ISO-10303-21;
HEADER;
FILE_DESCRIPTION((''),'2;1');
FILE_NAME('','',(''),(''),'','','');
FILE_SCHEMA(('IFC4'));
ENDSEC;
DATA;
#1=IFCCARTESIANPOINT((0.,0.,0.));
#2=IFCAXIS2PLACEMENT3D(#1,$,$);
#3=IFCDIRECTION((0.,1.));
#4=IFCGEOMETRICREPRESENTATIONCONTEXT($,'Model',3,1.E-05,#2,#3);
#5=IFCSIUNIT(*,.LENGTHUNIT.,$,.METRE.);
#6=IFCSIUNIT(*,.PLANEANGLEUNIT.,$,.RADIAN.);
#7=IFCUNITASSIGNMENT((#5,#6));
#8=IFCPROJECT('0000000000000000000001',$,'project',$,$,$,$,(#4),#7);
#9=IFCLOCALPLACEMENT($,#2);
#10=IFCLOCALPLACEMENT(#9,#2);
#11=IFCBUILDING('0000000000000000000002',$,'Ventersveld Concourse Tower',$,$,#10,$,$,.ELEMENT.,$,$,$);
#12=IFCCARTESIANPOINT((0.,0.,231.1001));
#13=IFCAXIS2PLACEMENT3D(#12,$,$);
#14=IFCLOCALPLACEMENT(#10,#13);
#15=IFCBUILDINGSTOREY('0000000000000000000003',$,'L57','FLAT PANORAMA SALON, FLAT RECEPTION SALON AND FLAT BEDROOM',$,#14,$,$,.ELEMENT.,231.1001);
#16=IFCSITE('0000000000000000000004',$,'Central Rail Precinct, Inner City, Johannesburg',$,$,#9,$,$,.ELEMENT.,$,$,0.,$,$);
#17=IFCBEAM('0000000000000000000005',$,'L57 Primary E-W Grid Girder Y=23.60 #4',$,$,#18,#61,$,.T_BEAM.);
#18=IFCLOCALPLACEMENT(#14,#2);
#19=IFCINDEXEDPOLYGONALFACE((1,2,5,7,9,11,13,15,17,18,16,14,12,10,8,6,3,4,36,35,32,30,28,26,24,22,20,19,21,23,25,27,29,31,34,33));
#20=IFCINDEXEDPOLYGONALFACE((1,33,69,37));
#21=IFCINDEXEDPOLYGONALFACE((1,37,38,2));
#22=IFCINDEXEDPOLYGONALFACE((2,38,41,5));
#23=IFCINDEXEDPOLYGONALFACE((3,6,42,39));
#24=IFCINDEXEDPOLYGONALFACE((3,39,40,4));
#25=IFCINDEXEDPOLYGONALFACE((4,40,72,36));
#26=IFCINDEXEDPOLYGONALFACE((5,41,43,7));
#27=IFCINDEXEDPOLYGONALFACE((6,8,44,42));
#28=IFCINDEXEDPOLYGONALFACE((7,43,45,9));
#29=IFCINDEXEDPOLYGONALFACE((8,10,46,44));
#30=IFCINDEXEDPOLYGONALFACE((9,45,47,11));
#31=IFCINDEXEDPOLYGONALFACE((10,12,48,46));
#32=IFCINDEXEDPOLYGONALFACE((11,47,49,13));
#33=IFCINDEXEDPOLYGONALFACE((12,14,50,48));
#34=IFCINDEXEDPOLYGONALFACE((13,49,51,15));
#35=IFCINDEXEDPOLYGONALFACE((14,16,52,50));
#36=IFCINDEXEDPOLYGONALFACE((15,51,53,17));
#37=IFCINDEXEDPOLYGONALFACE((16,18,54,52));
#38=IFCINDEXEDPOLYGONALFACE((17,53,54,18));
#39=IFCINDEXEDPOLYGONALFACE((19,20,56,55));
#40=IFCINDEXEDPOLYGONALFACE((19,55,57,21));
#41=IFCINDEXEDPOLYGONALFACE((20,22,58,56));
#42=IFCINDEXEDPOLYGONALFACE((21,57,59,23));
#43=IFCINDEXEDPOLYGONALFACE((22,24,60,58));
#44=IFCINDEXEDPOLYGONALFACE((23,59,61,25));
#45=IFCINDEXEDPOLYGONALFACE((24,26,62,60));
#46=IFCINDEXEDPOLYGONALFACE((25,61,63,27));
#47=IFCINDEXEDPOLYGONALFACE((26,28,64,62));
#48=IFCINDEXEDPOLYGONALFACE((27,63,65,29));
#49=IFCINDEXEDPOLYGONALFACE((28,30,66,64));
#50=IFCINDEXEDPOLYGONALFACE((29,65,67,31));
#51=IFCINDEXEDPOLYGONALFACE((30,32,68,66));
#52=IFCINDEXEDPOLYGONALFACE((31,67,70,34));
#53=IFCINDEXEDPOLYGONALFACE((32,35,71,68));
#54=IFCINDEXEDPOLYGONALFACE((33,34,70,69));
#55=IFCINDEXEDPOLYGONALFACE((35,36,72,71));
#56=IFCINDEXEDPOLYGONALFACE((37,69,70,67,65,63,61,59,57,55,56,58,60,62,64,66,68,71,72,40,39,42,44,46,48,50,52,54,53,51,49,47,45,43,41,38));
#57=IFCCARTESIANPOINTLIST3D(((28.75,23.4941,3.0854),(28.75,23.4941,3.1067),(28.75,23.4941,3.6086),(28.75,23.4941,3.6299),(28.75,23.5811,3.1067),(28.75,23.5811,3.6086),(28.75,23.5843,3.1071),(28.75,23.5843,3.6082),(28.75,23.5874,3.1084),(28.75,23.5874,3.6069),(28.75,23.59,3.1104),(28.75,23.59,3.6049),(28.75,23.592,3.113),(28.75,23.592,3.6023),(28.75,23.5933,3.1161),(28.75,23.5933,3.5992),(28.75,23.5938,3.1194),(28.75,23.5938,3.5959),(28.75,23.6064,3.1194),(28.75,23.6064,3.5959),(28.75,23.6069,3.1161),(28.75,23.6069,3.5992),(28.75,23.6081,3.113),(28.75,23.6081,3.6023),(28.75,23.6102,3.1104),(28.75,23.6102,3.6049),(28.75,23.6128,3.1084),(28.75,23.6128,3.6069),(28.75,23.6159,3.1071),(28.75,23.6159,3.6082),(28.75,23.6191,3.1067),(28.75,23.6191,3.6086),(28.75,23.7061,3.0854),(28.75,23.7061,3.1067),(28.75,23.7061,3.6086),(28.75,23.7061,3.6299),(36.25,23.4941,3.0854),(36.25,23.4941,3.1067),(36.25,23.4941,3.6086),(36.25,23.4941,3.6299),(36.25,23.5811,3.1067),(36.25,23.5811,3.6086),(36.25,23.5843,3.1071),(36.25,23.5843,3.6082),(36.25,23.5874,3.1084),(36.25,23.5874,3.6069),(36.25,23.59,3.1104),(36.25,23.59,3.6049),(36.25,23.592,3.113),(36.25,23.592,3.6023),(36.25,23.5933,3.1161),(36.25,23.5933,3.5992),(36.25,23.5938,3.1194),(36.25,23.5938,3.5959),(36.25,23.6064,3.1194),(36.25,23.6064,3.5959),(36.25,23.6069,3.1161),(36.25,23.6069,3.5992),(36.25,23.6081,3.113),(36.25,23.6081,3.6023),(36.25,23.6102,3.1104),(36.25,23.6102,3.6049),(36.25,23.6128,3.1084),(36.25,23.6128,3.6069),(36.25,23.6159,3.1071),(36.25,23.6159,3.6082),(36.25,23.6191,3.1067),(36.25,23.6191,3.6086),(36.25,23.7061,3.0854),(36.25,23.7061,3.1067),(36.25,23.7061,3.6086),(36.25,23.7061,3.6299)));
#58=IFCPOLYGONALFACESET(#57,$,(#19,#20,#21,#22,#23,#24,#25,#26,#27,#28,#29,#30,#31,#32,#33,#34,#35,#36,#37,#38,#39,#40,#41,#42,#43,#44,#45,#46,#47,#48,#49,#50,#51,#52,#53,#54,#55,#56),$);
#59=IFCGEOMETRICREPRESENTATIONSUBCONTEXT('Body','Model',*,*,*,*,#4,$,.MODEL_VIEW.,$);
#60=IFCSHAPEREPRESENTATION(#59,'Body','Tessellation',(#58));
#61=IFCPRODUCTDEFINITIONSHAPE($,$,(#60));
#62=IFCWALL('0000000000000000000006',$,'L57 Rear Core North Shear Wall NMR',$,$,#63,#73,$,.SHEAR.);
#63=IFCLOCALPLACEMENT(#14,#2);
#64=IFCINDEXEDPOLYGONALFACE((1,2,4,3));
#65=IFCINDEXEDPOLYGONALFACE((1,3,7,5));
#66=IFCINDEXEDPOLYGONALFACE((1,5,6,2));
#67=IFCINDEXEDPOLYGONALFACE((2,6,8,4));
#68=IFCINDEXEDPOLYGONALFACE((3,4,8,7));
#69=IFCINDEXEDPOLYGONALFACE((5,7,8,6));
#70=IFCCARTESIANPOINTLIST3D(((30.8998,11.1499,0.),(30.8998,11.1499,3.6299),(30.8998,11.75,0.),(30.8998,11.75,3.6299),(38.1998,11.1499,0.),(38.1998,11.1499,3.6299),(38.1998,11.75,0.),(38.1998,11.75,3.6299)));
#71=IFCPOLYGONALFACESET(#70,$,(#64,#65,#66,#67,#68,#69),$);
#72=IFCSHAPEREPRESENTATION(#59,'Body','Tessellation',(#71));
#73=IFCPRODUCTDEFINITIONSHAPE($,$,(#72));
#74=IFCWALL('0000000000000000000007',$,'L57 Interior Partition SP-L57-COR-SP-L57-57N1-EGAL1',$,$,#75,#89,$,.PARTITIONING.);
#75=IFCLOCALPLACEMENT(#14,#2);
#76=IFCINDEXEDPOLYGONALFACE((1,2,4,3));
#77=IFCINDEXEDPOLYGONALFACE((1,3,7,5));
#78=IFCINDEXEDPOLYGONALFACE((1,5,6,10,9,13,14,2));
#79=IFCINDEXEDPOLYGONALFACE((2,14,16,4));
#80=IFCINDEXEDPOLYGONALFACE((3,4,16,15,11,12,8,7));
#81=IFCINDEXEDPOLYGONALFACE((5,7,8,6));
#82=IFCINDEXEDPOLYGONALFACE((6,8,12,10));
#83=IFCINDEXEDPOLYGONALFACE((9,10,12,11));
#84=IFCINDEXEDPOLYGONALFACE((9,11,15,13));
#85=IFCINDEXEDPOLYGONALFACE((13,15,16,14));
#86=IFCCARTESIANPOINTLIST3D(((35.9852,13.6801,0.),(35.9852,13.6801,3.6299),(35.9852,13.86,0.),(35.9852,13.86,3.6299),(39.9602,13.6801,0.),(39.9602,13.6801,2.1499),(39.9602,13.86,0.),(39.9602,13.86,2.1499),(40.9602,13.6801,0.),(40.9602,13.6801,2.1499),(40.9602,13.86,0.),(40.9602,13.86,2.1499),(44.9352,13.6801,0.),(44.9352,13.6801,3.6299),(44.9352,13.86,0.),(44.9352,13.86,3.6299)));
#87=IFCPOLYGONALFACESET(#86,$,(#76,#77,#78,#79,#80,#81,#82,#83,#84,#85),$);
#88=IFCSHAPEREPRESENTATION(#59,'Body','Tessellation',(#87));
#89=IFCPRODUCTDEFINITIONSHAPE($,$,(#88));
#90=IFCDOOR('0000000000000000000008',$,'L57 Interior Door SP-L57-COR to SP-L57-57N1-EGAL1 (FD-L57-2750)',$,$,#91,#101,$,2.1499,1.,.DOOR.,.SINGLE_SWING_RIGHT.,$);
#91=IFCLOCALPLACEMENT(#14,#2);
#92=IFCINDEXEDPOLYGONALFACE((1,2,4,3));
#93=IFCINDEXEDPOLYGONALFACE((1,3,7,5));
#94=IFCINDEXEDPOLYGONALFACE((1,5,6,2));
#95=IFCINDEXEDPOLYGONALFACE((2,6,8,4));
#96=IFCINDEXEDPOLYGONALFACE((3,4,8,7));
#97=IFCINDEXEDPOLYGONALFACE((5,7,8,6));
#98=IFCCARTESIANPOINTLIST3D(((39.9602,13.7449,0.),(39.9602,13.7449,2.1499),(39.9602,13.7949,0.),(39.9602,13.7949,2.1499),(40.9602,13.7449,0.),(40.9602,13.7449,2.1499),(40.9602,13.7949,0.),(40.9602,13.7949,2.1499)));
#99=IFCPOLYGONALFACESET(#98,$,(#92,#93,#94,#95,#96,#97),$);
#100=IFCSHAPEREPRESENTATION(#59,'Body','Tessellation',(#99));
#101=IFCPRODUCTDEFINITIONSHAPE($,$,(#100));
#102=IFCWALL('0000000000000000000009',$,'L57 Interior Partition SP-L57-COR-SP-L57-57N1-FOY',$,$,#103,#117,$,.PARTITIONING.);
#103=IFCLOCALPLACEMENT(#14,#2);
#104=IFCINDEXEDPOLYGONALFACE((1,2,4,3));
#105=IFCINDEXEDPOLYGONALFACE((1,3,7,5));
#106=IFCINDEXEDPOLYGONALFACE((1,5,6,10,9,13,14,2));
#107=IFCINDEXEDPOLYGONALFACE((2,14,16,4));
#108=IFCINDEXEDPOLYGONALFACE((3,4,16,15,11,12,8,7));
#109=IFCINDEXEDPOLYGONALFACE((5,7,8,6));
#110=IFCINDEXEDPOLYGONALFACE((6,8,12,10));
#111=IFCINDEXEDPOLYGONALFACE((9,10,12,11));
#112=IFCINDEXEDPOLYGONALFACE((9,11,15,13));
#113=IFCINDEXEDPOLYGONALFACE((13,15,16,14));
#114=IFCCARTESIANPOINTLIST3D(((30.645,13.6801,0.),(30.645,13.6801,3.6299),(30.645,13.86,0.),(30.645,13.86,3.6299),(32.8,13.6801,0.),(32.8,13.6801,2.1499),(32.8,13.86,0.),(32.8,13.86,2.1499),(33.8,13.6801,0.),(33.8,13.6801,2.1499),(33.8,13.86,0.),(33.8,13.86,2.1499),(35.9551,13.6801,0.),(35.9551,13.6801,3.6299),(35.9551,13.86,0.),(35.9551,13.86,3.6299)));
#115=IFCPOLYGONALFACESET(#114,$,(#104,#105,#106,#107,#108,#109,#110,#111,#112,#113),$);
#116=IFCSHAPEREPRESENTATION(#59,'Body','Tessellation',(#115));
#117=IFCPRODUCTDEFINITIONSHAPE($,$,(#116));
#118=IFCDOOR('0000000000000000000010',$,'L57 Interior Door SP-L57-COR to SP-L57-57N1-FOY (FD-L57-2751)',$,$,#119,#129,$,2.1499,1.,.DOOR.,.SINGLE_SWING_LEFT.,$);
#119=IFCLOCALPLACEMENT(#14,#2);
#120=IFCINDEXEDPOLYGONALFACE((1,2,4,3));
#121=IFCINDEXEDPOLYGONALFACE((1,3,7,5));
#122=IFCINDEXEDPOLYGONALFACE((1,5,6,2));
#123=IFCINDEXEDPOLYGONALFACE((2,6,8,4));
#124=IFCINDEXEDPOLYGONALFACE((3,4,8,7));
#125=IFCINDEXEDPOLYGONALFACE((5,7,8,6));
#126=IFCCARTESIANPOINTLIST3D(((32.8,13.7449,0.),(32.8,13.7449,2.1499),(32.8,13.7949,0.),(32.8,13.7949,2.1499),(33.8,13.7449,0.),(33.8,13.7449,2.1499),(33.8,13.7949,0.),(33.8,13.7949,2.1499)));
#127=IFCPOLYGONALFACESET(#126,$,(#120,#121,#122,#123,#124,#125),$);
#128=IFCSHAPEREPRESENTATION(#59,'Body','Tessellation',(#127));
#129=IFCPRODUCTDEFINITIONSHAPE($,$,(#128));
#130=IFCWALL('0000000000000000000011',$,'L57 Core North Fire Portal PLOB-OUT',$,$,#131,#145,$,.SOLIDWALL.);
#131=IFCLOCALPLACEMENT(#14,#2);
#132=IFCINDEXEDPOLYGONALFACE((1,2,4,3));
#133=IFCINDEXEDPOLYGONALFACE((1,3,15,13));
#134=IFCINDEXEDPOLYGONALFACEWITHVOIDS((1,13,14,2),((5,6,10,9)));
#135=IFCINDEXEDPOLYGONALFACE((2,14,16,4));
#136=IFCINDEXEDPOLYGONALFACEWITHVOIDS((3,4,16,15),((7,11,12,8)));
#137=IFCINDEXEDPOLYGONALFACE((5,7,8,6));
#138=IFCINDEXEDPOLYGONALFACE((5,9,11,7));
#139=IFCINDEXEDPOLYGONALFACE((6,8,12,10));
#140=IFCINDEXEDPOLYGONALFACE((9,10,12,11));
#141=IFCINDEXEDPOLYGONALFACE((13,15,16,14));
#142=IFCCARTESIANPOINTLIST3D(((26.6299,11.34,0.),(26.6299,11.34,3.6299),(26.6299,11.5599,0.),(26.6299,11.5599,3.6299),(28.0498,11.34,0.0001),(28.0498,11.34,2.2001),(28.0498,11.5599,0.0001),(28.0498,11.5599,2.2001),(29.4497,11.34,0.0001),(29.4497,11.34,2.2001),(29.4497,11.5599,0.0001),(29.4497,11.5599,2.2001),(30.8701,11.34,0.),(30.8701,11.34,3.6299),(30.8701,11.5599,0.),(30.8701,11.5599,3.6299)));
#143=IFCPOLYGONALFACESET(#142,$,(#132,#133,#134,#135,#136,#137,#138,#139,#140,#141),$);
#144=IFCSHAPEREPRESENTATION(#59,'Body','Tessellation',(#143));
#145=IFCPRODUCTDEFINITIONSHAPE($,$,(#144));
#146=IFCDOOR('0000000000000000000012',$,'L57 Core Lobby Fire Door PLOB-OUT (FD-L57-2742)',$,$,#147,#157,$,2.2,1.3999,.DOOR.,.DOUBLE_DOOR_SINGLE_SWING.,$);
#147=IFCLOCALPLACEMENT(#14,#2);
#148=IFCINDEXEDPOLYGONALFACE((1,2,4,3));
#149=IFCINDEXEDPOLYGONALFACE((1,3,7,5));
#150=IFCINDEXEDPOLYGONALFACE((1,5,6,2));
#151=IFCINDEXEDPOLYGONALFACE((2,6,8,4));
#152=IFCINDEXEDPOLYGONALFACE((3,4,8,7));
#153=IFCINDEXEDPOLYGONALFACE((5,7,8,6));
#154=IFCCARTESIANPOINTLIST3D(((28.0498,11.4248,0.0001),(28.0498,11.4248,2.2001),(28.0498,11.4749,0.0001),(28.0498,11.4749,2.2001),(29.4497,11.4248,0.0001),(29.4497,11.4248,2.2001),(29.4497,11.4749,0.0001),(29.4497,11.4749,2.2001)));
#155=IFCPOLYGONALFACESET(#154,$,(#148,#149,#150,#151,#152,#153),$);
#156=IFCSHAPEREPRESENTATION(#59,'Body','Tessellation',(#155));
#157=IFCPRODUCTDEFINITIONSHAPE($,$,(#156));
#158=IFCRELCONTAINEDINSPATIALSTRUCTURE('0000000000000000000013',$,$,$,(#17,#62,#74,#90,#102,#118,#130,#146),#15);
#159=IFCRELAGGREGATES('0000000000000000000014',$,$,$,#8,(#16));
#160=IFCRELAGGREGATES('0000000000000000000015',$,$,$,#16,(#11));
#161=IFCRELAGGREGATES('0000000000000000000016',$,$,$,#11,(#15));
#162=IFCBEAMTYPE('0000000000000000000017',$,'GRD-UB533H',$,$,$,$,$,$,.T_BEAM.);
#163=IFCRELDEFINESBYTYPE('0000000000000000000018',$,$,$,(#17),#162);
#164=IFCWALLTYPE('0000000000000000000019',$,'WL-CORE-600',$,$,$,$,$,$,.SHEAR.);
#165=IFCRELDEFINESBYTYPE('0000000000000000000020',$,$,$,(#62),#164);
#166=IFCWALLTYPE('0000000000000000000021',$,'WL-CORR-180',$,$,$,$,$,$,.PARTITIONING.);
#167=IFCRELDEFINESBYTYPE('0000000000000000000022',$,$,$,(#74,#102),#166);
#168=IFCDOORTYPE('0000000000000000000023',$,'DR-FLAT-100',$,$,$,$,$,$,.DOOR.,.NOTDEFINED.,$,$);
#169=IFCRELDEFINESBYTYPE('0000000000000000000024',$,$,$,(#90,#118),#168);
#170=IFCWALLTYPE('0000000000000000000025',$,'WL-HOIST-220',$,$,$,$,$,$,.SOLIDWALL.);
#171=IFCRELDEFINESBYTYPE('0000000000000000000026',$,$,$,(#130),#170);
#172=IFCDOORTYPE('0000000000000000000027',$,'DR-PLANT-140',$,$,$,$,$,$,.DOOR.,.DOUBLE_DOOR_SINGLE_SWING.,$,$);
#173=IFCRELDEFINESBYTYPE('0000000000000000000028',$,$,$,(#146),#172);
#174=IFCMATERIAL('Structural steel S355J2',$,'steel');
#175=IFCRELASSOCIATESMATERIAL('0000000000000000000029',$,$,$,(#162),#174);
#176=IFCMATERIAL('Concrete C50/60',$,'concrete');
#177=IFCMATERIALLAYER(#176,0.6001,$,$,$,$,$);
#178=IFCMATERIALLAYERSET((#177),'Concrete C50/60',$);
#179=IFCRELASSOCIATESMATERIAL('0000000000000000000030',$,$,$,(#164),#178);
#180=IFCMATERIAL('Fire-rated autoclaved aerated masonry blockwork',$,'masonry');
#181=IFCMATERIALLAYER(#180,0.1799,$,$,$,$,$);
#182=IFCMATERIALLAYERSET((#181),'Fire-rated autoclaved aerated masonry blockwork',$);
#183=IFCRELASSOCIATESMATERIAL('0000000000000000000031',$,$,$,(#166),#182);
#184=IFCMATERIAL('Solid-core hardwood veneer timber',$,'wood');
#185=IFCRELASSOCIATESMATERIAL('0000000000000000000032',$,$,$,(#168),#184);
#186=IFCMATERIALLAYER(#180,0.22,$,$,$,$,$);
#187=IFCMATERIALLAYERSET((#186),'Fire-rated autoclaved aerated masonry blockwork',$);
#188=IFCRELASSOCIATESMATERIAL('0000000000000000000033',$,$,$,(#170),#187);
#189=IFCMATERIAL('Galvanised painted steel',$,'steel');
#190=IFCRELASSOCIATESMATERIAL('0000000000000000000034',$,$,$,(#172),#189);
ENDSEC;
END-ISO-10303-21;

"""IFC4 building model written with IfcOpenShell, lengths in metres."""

from ifc_helpers import new_model, si_unit, direction, frame, frame_2d, origin, origin_2d, place, context, subcontext, project, spatial, rectangle, i_section, extrude, material, layer, layer_set, material_profile, profile_set, type_object, element, fill, save


model = new_model("IFC4")

# Units and contexts
model_context = context("Model", 3, precision=1e-05, world=origin(), true_north=direction((0.0, 1.0)))
body_context = subcontext(model_context, "Body", "Model", "MODEL_VIEW")
ifc_project = project(units=[si_unit("LENGTHUNIT", "METRE"), si_unit("PLANEANGLEUNIT", "RADIAN")], contexts=[model_context])

# Site, building, storey
site_placement = place(None, origin())
site = spatial("IfcSite", under=ifc_project, at=site_placement, Name="Central Rail Precinct, Inner City, Johannesburg", CompositionType="ELEMENT", RefElevation=0.0)
building_placement = place(site_placement, origin())
building = spatial("IfcBuilding", under=site, at=building_placement, Name="Ventersveld Concourse Tower", CompositionType="ELEMENT")
storey_placement = place(building_placement, frame((0.0, 0.0, 231.1001)))
storey = spatial("IfcBuildingStorey", under=building, at=storey_placement, Name="L57", Description="FLAT PANORAMA SALON, FLAT RECEPTION SALON AND FLAT BEDROOM", CompositionType="ELEMENT", Elevation=231.1001)

# Shared definitions
ifc_material_1 = material(Name="Concrete C50/60", Category="concrete")

# Beam
ifc_material_2 = material(Name="Structural steel S355J2", Category="steel")
ifc_material_profile_1 = material_profile(ifc_material_2, i_section(OverallWidth=0.2119, OverallDepth=0.5444, WebThickness=0.0127, FlangeThickness=0.0212, FilletRadius=0.0127, at=origin_2d()), Name="UB 533x210x122")
ifc_profile_set_1 = profile_set([ifc_material_profile_1], Name="Structural steel S355J2")
beam_type_1 = type_object("IfcBeamType", Name="GRD-UB533H", PredefinedType="T_BEAM", material=ifc_profile_set_1)
beam_1_placement = place(storey_placement, frame((28.75, 23.6001, 3.3577), z_axis=(1.0, 0.0, 0.0), x_axis=(0.0, 1.0, 0.0)))
element("IfcBeam", 1, at=beam_1_placement, inside=storey, type_object=beam_type_1, Name="L57 Primary E-W Grid Girder Y=23.60 #4", PredefinedType="T_BEAM", context=body_context, shape_type="SweptSolid", body=[
    extrude(i_section(OverallWidth=0.2119, OverallDepth=0.5444, WebThickness=0.0127, FlangeThickness=0.0212, FilletRadius=0.0127, at=origin_2d()), origin(), (0.0, 0.0, 1.0), 7.5),
])

# Wall
ifc_layer_1 = layer(ifc_material_1, 0.6001)
ifc_layer_set_1 = layer_set([ifc_layer_1], Name="Concrete C50/60")
wall_type_1 = type_object("IfcWallType", Name="WL-CORE-600", PredefinedType="SHEAR", material=ifc_layer_set_1)
wall_1_placement = place(storey_placement, frame((30.8999, 11.45, 0.0), z_axis=(0.0, 0.0, 1.0), x_axis=(1.0, 0.0, 0.0)))
element("IfcWall", 2, at=wall_1_placement, inside=storey, type_object=wall_type_1, Name="L57 Rear Core North Shear Wall NMR", PredefinedType="SHEAR", context=body_context, shape_type="SweptSolid", body=[
    extrude(rectangle(XDim=7.3, YDim=0.6001, at=frame_2d((3.6499, 0.0))), origin(), (0.0, 0.0, 1.0), 3.6299),
])

# Walls, openings, doors
ifc_material_3 = material(Name="Fire-rated autoclaved aerated masonry blockwork", Category="masonry")
ifc_layer_2 = layer(ifc_material_3, 0.1799)
ifc_layer_set_2 = layer_set([ifc_layer_2], Name="Fire-rated autoclaved aerated masonry blockwork")
wall_type_2 = type_object("IfcWallType", Name="WL-CORR-180", PredefinedType="PARTITIONING", material=ifc_layer_set_2)
wall_2_placement = place(storey_placement, frame((35.9851, 13.77, 0.0), z_axis=(0.0, 0.0, 1.0), x_axis=(1.0, 0.0, 0.0)))
wall_2 = element("IfcWall", 3, at=wall_2_placement, inside=storey, type_object=wall_type_2, Name="L57 Interior Partition SP-L57-COR-SP-L57-57N1-EGAL1", PredefinedType="PARTITIONING", context=body_context, shape_type="SweptSolid", body=[
    extrude(rectangle(XDim=8.95, YDim=0.1799, at=frame_2d((4.4751, 0.0))), origin(), (0.0, 0.0, 1.0), 3.6299),
])
opening_1_placement = place(wall_2_placement, frame((3.9751, 0.0, 0.0)))
opening_1 = element("IfcOpeningElement", 4, at=opening_1_placement, cuts=wall_2, PredefinedType="OPENING", context=body_context, shape_type="SweptSolid", body=[
    extrude(rectangle(XDim=1.0, YDim=2.1499, at=frame_2d((0.5, 1.075))), frame((0.0, 0.1001, 0.0), z_axis=(0.0, -1.0, 0.0), x_axis=(1.0, 0.0, 0.0)), (0.0, 0.0, 1.0), 0.2),
])
ifc_material_4 = material(Name="Solid-core hardwood veneer timber", Category="wood")
door_type_1 = type_object("IfcDoorType", Name="DR-FLAT-100", OperationType="NOTDEFINED", PredefinedType="DOOR", material=ifc_material_4)
door_1_placement = place(opening_1_placement, origin())
door_1 = element("IfcDoor", 5, at=door_1_placement, inside=storey, type_object=door_type_1, Name="L57 Interior Door SP-L57-COR to SP-L57-57N1-EGAL1 (FD-L57-2750)", OperationType="SINGLE_SWING_RIGHT", OverallHeight=2.1499, OverallWidth=1.0, PredefinedType="DOOR", context=body_context, shape_type="SweptSolid", body=[
    extrude(rectangle(XDim=1.0, YDim=2.1499, at=frame_2d((0.5, 1.075))), frame((0.0, 0.0249, 0.0), z_axis=(0.0, -1.0, 0.0), x_axis=(1.0, 0.0, 0.0)), (0.0, 0.0, 1.0), 0.05),
])
fill(opening_1, door_1)
wall_3_placement = place(storey_placement, frame((30.645, 13.77, 0.0), z_axis=(0.0, 0.0, 1.0), x_axis=(1.0, 0.0, 0.0)))
wall_3 = element("IfcWall", 6, at=wall_3_placement, inside=storey, type_object=wall_type_2, Name="L57 Interior Partition SP-L57-COR-SP-L57-57N1-FOY", PredefinedType="PARTITIONING", context=body_context, shape_type="SweptSolid", body=[
    extrude(rectangle(XDim=5.3101, YDim=0.1799, at=frame_2d((2.655, 0.0))), origin(), (0.0, 0.0, 1.0), 3.6299),
])
opening_2_placement = place(wall_3_placement, frame((2.155, 0.0, 0.0)))
opening_2 = element("IfcOpeningElement", 7, at=opening_2_placement, cuts=wall_3, PredefinedType="OPENING", context=body_context, shape_type="SweptSolid", body=[
    extrude(rectangle(XDim=1.0, YDim=2.1499, at=frame_2d((0.5, 1.075))), frame((0.0, 0.1001, 0.0), z_axis=(0.0, -1.0, 0.0), x_axis=(1.0, 0.0, 0.0)), (0.0, 0.0, 1.0), 0.2),
])
door_2_placement = place(opening_2_placement, origin())
door_2 = element("IfcDoor", 8, at=door_2_placement, inside=storey, type_object=door_type_1, Name="L57 Interior Door SP-L57-COR to SP-L57-57N1-FOY (FD-L57-2751)", OperationType="SINGLE_SWING_LEFT", OverallHeight=2.1499, OverallWidth=1.0, PredefinedType="DOOR", context=body_context, shape_type="SweptSolid", body=[
    extrude(rectangle(XDim=1.0, YDim=2.1499, at=frame_2d((0.5, 1.075))), frame((0.0, 0.0249, 0.0), z_axis=(0.0, -1.0, 0.0), x_axis=(1.0, 0.0, 0.0)), (0.0, 0.0, 1.0), 0.05),
])
fill(opening_2, door_2)
ifc_layer_3 = layer(ifc_material_3, 0.22)
ifc_layer_set_3 = layer_set([ifc_layer_3], Name="Fire-rated autoclaved aerated masonry blockwork")
wall_type_3 = type_object("IfcWallType", Name="WL-HOIST-220", PredefinedType="SOLIDWALL", material=ifc_layer_set_3)
wall_4_placement = place(storey_placement, frame((26.6299, 11.45, 0.0), z_axis=(0.0, 0.0, 1.0), x_axis=(1.0, 0.0, 0.0)))
wall_4 = element("IfcWall", 9, at=wall_4_placement, inside=storey, type_object=wall_type_3, Name="L57 Core North Fire Portal PLOB-OUT", PredefinedType="SOLIDWALL", context=body_context, shape_type="SweptSolid", body=[
    extrude(rectangle(XDim=4.2402, YDim=0.22, at=frame_2d((2.1201, 0.0))), origin(), (0.0, 0.0, 1.0), 3.6299),
])
opening_3_placement = place(wall_4_placement, frame((1.4199, 0.0, 0.0)))
opening_3 = element("IfcOpeningElement", 10, at=opening_3_placement, cuts=wall_4, PredefinedType="OPENING", context=body_context, shape_type="SweptSolid", body=[
    extrude(rectangle(XDim=1.3999, YDim=2.2, at=frame_2d((0.7, 1.1001))), frame((0.0, 0.1201, 0.0), z_axis=(0.0, -1.0, 0.0), x_axis=(1.0, 0.0, 0.0)), (0.0, 0.0, 1.0), 0.24),
])
ifc_material_5 = material(Name="Galvanised painted steel", Category="steel")
door_type_2 = type_object("IfcDoorType", Name="DR-PLANT-140", OperationType="DOUBLE_DOOR_SINGLE_SWING", PredefinedType="DOOR", material=ifc_material_5)
door_3_placement = place(opening_3_placement, origin())
door_3 = element("IfcDoor", 11, at=door_3_placement, inside=storey, type_object=door_type_2, Name="L57 Core Lobby Fire Door PLOB-OUT (FD-L57-2742)", OperationType="DOUBLE_DOOR_SINGLE_SWING", OverallHeight=2.2, OverallWidth=1.3999, PredefinedType="DOOR", context=body_context, shape_type="SweptSolid", body=[
    extrude(rectangle(XDim=1.3999, YDim=2.2, at=frame_2d((0.7, 1.1001))), frame((0.0, 0.0249, 0.0), z_axis=(0.0, -1.0, 0.0), x_axis=(1.0, 0.0, 0.0)), (0.0, 0.0, 1.0), 0.05),
])
fill(opening_3, door_3)

save(model, "model.ifc")
